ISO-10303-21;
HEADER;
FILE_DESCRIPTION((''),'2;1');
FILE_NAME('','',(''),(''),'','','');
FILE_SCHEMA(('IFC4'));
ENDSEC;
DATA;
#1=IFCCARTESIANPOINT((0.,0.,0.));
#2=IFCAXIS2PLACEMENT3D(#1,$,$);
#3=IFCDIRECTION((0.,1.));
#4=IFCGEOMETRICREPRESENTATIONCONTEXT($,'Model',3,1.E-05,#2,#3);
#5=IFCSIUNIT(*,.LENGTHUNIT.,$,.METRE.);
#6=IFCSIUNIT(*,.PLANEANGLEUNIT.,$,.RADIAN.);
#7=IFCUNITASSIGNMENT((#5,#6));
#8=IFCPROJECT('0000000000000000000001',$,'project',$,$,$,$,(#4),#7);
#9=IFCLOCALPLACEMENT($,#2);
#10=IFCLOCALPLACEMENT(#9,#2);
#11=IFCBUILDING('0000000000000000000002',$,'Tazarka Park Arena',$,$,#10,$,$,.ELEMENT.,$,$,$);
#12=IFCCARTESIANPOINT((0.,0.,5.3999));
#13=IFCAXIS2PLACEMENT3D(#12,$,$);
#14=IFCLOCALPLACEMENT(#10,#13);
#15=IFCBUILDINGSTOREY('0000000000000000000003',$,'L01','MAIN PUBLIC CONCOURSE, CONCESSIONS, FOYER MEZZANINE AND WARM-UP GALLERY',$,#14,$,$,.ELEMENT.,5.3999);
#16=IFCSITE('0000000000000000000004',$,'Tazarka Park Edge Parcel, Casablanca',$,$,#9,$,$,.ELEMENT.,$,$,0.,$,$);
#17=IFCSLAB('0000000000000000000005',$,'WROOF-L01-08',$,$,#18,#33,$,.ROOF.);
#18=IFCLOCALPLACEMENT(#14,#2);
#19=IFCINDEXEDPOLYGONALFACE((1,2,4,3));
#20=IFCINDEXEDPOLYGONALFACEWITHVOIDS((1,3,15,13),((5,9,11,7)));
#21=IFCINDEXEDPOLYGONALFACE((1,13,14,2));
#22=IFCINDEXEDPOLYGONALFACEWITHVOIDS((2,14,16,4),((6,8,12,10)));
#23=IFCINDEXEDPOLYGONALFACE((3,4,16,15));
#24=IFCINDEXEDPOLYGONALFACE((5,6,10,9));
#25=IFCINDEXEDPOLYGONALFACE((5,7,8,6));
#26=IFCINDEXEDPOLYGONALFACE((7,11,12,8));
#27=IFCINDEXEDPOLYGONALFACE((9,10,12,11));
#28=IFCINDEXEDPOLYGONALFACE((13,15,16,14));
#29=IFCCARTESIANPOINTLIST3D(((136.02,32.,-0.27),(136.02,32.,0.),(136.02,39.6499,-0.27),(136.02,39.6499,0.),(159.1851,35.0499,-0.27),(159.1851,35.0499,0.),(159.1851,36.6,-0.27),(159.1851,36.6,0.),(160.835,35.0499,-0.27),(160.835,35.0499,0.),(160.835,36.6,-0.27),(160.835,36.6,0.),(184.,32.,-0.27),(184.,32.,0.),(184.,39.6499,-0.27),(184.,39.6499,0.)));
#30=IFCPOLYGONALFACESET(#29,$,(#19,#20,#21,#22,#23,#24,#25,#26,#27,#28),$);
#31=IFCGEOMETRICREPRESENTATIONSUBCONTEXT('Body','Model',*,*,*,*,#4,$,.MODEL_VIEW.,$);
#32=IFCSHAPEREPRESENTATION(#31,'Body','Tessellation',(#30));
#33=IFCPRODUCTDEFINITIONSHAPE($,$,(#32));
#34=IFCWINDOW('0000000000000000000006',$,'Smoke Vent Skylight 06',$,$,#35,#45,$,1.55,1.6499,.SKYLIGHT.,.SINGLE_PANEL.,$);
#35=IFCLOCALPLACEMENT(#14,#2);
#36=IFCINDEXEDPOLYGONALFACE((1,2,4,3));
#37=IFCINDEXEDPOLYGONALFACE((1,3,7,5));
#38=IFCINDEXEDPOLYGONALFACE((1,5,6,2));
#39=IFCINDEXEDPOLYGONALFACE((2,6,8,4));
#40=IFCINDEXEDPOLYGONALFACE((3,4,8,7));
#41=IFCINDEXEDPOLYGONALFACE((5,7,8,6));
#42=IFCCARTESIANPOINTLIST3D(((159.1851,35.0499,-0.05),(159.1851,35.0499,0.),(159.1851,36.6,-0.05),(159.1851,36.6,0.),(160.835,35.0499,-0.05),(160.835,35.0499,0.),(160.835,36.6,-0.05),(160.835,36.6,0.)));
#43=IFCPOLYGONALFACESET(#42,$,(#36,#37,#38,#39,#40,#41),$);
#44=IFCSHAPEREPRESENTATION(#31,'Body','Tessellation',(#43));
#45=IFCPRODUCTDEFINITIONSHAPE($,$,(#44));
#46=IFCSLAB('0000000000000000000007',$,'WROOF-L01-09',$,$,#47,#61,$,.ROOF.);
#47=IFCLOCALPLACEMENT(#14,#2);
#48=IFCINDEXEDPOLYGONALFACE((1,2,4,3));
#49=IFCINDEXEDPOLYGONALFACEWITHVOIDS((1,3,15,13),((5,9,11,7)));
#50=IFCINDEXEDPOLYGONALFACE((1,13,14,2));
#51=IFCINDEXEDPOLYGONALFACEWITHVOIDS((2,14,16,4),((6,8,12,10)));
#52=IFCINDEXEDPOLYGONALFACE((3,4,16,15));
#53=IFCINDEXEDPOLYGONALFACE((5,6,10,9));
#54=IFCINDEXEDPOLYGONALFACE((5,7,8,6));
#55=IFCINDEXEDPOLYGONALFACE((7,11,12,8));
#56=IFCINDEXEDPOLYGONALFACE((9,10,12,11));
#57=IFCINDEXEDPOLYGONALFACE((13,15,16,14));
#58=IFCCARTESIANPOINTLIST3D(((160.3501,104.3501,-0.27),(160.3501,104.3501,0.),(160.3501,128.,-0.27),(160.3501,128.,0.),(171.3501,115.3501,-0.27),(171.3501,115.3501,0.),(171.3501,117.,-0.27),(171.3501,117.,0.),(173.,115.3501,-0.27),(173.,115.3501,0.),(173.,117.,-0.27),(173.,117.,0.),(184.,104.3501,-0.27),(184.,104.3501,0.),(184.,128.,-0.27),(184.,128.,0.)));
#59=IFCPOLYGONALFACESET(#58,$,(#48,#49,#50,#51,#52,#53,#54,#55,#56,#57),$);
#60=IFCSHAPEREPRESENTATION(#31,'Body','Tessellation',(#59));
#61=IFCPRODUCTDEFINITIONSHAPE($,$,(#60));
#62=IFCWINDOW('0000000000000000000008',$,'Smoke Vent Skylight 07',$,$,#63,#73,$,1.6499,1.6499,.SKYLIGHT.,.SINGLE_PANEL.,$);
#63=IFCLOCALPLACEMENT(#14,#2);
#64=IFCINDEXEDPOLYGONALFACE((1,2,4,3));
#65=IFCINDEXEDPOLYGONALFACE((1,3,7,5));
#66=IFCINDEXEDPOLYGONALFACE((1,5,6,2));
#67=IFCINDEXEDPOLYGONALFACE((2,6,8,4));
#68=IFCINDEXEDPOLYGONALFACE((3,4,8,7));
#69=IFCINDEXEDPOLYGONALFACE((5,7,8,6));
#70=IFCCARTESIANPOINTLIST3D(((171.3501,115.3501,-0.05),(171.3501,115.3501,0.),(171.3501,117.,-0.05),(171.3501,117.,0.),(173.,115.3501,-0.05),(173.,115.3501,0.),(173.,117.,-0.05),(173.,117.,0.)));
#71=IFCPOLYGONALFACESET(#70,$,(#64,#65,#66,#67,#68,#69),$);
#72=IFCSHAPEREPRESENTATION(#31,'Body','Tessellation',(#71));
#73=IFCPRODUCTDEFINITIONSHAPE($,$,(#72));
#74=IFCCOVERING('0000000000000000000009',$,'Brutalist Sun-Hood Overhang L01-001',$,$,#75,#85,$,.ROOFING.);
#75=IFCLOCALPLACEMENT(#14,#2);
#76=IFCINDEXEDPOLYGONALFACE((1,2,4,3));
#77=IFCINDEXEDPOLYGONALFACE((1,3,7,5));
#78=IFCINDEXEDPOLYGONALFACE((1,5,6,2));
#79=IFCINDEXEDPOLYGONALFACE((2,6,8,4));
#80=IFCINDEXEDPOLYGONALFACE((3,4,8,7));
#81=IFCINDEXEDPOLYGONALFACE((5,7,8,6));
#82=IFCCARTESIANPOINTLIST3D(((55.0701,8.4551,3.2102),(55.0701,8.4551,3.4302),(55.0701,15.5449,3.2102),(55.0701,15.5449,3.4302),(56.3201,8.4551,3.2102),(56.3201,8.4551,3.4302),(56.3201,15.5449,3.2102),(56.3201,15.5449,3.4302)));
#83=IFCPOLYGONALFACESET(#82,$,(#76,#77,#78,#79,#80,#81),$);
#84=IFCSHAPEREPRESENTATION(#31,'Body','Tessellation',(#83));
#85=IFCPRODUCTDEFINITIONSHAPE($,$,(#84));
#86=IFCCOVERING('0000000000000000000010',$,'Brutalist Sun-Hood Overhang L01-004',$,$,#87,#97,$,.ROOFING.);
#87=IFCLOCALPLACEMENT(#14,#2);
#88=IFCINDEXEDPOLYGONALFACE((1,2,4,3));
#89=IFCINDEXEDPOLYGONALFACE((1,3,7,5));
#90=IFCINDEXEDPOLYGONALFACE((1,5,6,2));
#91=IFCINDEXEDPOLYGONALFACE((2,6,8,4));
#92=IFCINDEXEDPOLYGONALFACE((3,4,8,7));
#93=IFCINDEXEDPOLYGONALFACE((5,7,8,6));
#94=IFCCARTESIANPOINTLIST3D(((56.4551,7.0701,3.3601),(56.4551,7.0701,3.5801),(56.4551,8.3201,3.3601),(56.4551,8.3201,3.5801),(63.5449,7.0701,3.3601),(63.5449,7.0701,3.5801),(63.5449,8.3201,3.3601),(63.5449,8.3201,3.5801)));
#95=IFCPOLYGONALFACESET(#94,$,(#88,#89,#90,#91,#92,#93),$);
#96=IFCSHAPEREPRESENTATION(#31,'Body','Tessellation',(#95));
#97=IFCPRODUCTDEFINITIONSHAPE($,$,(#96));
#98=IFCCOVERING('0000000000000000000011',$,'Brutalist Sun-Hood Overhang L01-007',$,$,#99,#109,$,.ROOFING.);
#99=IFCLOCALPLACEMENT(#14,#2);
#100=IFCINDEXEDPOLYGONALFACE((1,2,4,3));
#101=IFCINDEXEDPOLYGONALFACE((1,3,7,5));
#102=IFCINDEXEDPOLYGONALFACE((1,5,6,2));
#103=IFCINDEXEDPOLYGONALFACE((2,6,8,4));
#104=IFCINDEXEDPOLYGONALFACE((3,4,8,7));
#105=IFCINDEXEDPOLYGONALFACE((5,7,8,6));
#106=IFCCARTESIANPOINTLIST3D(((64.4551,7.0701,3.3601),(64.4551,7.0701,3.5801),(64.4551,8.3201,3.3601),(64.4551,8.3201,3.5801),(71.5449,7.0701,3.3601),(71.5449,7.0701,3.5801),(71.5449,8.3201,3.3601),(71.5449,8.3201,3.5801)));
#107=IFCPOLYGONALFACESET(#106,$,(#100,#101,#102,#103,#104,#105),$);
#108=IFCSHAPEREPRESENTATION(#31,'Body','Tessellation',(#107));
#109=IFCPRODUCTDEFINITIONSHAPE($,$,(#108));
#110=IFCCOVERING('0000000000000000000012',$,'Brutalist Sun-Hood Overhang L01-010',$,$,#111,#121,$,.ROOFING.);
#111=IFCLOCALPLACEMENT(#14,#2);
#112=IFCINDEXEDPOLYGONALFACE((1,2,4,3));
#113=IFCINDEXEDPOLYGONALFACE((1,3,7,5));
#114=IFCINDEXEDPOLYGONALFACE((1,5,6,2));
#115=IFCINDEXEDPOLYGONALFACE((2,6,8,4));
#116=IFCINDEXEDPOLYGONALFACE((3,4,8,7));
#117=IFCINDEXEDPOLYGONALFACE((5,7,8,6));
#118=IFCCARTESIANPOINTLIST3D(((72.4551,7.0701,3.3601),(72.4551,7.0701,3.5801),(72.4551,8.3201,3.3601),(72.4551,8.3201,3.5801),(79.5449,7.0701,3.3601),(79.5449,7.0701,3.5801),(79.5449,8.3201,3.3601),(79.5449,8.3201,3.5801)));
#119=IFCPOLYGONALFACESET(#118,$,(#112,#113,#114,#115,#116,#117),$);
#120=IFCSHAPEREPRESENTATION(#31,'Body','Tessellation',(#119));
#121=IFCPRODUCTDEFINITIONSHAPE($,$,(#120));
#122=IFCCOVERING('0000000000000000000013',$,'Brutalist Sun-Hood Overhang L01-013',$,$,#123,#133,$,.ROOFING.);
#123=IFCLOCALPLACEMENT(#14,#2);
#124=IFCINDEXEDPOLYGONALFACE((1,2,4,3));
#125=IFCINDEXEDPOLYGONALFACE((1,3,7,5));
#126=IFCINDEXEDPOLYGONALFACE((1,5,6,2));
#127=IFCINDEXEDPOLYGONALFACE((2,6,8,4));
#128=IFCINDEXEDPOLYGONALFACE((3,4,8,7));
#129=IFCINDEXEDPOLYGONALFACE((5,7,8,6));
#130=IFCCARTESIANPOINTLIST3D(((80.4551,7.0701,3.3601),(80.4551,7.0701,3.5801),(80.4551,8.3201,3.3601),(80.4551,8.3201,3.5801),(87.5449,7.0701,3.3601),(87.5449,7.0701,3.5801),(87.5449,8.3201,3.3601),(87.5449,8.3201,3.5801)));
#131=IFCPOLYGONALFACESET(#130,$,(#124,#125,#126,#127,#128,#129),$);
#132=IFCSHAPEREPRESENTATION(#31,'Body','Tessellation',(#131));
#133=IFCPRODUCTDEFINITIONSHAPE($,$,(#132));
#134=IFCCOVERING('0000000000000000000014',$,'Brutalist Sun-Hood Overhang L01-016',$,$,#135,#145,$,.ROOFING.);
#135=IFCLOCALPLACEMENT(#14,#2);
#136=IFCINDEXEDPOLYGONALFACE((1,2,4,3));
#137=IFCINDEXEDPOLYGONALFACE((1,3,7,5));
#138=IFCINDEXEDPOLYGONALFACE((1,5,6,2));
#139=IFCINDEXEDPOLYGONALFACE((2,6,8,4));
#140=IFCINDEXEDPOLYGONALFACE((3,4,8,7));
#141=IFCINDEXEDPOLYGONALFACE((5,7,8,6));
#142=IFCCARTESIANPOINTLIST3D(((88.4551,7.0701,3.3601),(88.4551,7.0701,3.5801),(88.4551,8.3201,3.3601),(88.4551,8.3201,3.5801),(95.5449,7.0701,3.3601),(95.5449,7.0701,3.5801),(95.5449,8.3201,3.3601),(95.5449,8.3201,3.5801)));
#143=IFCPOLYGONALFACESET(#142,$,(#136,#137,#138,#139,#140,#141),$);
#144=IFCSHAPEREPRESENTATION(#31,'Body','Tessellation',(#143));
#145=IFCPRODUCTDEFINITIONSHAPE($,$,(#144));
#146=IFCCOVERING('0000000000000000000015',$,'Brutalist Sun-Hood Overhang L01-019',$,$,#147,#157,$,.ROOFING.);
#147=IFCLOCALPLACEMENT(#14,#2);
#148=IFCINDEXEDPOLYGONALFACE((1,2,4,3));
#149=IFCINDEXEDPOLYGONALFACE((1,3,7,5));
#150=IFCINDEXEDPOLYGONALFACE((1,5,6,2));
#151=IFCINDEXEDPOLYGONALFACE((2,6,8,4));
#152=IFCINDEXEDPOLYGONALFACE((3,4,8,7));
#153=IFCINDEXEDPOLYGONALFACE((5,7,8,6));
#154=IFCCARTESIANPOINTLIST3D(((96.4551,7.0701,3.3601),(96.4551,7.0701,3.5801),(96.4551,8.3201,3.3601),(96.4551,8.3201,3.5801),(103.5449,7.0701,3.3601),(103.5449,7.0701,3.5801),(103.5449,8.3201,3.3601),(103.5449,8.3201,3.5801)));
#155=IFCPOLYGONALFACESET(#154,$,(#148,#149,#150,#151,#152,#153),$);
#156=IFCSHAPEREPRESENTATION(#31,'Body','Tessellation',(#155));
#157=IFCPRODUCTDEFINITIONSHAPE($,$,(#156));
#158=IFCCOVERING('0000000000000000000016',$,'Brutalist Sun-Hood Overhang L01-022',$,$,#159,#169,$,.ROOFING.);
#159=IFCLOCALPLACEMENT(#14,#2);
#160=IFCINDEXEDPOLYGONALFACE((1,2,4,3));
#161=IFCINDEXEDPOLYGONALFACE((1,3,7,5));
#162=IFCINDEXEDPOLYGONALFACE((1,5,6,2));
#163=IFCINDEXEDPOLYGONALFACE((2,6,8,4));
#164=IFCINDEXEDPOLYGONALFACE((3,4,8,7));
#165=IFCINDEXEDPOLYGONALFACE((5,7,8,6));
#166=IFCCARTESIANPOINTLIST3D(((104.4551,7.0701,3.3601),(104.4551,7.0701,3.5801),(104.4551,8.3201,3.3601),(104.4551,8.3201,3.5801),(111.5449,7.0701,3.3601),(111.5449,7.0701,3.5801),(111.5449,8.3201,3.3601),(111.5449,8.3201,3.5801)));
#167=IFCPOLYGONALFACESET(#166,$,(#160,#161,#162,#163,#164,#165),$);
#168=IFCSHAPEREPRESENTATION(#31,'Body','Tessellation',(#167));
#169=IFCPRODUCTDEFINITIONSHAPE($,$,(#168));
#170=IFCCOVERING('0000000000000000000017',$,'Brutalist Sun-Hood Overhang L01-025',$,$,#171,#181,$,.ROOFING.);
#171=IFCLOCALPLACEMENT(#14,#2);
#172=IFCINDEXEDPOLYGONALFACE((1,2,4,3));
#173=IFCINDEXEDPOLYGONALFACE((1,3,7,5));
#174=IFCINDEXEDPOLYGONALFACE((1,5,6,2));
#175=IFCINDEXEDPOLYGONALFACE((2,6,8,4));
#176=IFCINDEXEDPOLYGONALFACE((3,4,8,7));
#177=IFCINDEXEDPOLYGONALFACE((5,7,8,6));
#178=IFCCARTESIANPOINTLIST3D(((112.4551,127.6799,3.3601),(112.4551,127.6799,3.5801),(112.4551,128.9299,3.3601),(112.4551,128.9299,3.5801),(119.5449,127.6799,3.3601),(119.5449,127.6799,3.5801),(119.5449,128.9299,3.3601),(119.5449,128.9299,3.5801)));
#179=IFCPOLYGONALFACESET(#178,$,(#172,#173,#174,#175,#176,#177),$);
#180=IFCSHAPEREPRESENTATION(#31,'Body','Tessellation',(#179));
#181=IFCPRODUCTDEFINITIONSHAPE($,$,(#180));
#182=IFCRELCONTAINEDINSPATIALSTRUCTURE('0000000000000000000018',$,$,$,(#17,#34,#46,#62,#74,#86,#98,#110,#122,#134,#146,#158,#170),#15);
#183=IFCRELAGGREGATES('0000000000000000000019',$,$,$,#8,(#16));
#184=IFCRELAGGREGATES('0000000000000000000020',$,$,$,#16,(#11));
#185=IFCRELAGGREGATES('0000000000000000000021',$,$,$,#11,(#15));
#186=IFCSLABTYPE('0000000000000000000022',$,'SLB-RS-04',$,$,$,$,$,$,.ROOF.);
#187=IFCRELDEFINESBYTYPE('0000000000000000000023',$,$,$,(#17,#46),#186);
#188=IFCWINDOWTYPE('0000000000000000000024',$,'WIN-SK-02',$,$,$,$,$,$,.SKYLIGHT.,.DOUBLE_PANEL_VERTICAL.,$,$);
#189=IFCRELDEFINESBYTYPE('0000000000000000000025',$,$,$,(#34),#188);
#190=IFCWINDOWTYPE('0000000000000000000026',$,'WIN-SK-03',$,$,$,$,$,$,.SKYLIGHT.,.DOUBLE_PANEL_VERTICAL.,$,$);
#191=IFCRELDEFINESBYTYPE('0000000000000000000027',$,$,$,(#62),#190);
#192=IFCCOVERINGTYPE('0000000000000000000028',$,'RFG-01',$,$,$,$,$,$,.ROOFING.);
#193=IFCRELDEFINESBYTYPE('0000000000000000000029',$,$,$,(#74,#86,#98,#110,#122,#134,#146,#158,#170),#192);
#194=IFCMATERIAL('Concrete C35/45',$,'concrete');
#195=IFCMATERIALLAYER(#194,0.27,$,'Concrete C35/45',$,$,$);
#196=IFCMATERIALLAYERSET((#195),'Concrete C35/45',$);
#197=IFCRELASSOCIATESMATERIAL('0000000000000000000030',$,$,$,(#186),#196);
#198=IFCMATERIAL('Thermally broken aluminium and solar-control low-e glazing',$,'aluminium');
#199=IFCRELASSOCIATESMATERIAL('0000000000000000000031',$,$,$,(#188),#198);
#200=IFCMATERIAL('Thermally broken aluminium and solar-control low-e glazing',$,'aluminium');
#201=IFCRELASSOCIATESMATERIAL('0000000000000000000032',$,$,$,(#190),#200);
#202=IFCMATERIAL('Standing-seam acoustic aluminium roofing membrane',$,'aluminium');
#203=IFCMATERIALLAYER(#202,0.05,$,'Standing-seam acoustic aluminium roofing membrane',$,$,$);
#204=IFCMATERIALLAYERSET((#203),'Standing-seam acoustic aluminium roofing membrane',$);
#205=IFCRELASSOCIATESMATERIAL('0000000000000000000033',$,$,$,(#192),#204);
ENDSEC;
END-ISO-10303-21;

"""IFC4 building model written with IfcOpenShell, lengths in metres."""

from ifc_helpers import new_model, si_unit, direction, frame, origin, origin_2d, place, context, subcontext, project, spatial, polyline, rectangle, outline, extrude, material, layer, layer_set, type_object, element, fill, save


model = new_model("IFC4")

# Units and contexts
model_context = context("Model", 3, precision=1e-05, world=origin(), true_north=direction((0.0, 1.0)))
body_context = subcontext(model_context, "Body", "Model", "MODEL_VIEW")
ifc_project = project(units=[si_unit("LENGTHUNIT", "METRE"), si_unit("PLANEANGLEUNIT", "RADIAN")], contexts=[model_context])

# Site, building, storey
site_placement = place(None, origin())
site = spatial("IfcSite", under=ifc_project, at=site_placement, Name="Tazarka Park Edge Parcel, Casablanca", CompositionType="ELEMENT", RefElevation=0.0)
building_placement = place(site_placement, origin())
building = spatial("IfcBuilding", under=site, at=building_placement, Name="Tazarka Park Arena", CompositionType="ELEMENT")
storey_placement = place(building_placement, frame((0.0, 0.0, 5.3999)))
storey = spatial("IfcBuildingStorey", under=building, at=storey_placement, Name="L01", Description="MAIN PUBLIC CONCOURSE, CONCESSIONS, FOYER MEZZANINE AND WARM-UP GALLERY", CompositionType="ELEMENT", Elevation=5.3999)

# Shared definitions
ifc_material_1 = material(Name="Concrete C35/45", Category="concrete")
ifc_layer_1 = layer(ifc_material_1, 0.27, Name="Concrete C35/45")
ifc_layer_set_1 = layer_set([ifc_layer_1], Name="Concrete C35/45")
slab_type = type_object("IfcSlabType", Name="SLB-RS-04", PredefinedType="ROOF", material=ifc_layer_set_1)

# Slabs, openings, windows
ifc_material_2 = material(Name="Thermally broken aluminium and solar-control low-e glazing", Category="aluminium")
window_type_1 = type_object("IfcWindowType", Name="WIN-SK-02", PartitioningType="DOUBLE_PANEL_VERTICAL", PredefinedType="SKYLIGHT", material=ifc_material_2)
ifc_material_3 = material(Name="Thermally broken aluminium and solar-control low-e glazing", Category="aluminium")
window_type_2 = type_object("IfcWindowType", Name="WIN-SK-03", PartitioningType="DOUBLE_PANEL_VERTICAL", PredefinedType="SKYLIGHT", material=ifc_material_3)
slab_1_placement = place(storey_placement, frame((0.0, 0.0, -0.27)))
slab_1 = element("IfcSlab", 1, at=slab_1_placement, inside=storey, type_object=slab_type, Name="WROOF-L01-08", PredefinedType="ROOF", context=body_context, shape_type="SweptSolid", body=[
    extrude(outline(polyline([(184.0, 32.0), (136.02, 32.0), (136.02, 39.6499), (184.0, 39.6499), (184.0, 32.0)])), origin(), (0.0, 0.0, 1.0), 0.27),
])
opening_1_placement = place(slab_1_placement, frame((160.01, 35.825, 0.0)))
opening_1 = element("IfcOpeningElement", 2, at=opening_1_placement, cuts=slab_1, PredefinedType="OPENING", context=body_context, shape_type="SweptSolid", body=[
    extrude(rectangle(XDim=1.6499, YDim=1.55, at=origin_2d()), origin(), (0.0, 0.0, 1.0), 0.27),
])
window_1_placement = place(opening_1_placement, frame((0.0, 0.0, 0.22)))
window_1 = element("IfcWindow", 3, at=window_1_placement, inside=storey, type_object=window_type_1, Name="Smoke Vent Skylight 06", OverallHeight=1.55, OverallWidth=1.6499, PartitioningType="SINGLE_PANEL", PredefinedType="SKYLIGHT", context=body_context, shape_type="SweptSolid", body=[
    extrude(rectangle(XDim=1.6499, YDim=1.55, at=origin_2d()), origin(), (0.0, 0.0, 1.0), 0.05),
])
fill(opening_1, window_1)
slab_2_placement = place(storey_placement, frame((0.0, 0.0, -0.27)))
slab_2 = element("IfcSlab", 4, at=slab_2_placement, inside=storey, type_object=slab_type, Name="WROOF-L01-09", PredefinedType="ROOF", context=body_context, shape_type="SweptSolid", body=[
    extrude(outline(polyline([(184.0, 128.0), (184.0, 104.3501), (160.3501, 104.3501), (160.3501, 128.0), (184.0, 128.0)])), origin(), (0.0, 0.0, 1.0), 0.27),
])
opening_2_placement = place(slab_2_placement, frame((172.175, 116.175, 0.0)))
opening_2 = element("IfcOpeningElement", 5, at=opening_2_placement, cuts=slab_2, PredefinedType="OPENING", context=body_context, shape_type="SweptSolid", body=[
    extrude(rectangle(XDim=1.6499, YDim=1.6499, at=origin_2d()), origin(), (0.0, 0.0, 1.0), 0.27),
])
window_2_placement = place(opening_2_placement, frame((0.0, 0.0, 0.22)))
window_2 = element("IfcWindow", 6, at=window_2_placement, inside=storey, type_object=window_type_2, Name="Smoke Vent Skylight 07", OverallHeight=1.6499, OverallWidth=1.6499, PartitioningType="SINGLE_PANEL", PredefinedType="SKYLIGHT", context=body_context, shape_type="SweptSolid", body=[
    extrude(rectangle(XDim=1.6499, YDim=1.6499, at=origin_2d()), origin(), (0.0, 0.0, 1.0), 0.05),
])
fill(opening_2, window_2)

# Coverings
ifc_material_4 = material(Name="Standing-seam acoustic aluminium roofing membrane", Category="aluminium")
ifc_layer_2 = layer(ifc_material_4, 0.05, Name="Standing-seam acoustic aluminium roofing membrane")
ifc_layer_set_2 = layer_set([ifc_layer_2], Name="Standing-seam acoustic aluminium roofing membrane")
covering_type = type_object("IfcCoveringType", Name="RFG-01", PredefinedType="ROOFING", material=ifc_layer_set_2)
covering_1_placement = place(storey_placement, frame((0.0, 0.0, 3.2102)))
element("IfcCovering", 7, at=covering_1_placement, inside=storey, type_object=covering_type, Name="Brutalist Sun-Hood Overhang L01-001", PredefinedType="ROOFING", context=body_context, shape_type="SweptSolid", body=[
    extrude(outline(polyline([(56.3201, 8.4551), (56.3201, 15.5449), (55.0701, 15.5449), (55.0701, 8.4551), (56.3201, 8.4551)])), origin(), (0.0, 0.0, 1.0), 0.22),
])
covering_2_placement = place(storey_placement, frame((0.0, 0.0, 3.3601)))
element("IfcCovering", 8, at=covering_2_placement, inside=storey, type_object=covering_type, Name="Brutalist Sun-Hood Overhang L01-004", PredefinedType="ROOFING", context=body_context, shape_type="SweptSolid", body=[
    extrude(outline(polyline([(63.5449, 8.3201), (56.4551, 8.3201), (56.4551, 7.0701), (63.5449, 7.0701), (63.5449, 8.3201)])), origin(), (0.0, 0.0, 1.0), 0.22),
])
covering_3_placement = place(storey_placement, frame((0.0, 0.0, 3.3601)))
element("IfcCovering", 9, at=covering_3_placement, inside=storey, type_object=covering_type, Name="Brutalist Sun-Hood Overhang L01-007", PredefinedType="ROOFING", context=body_context, shape_type="SweptSolid", body=[
    extrude(outline(polyline([(71.5449, 8.3201), (64.4551, 8.3201), (64.4551, 7.0701), (71.5449, 7.0701), (71.5449, 8.3201)])), origin(), (0.0, 0.0, 1.0), 0.22),
])
covering_4_placement = place(storey_placement, frame((0.0, 0.0, 3.3601)))
element("IfcCovering", 10, at=covering_4_placement, inside=storey, type_object=covering_type, Name="Brutalist Sun-Hood Overhang L01-010", PredefinedType="ROOFING", context=body_context, shape_type="SweptSolid", body=[
    extrude(outline(polyline([(79.5449, 8.3201), (72.4551, 8.3201), (72.4551, 7.0701), (79.5449, 7.0701), (79.5449, 8.3201)])), origin(), (0.0, 0.0, 1.0), 0.22),
])
covering_5_placement = place(storey_placement, frame((0.0, 0.0, 3.3601)))
element("IfcCovering", 11, at=covering_5_placement, inside=storey, type_object=covering_type, Name="Brutalist Sun-Hood Overhang L01-013", PredefinedType="ROOFING", context=body_context, shape_type="SweptSolid", body=[
    extrude(outline(polyline([(87.5449, 8.3201), (80.4551, 8.3201), (80.4551, 7.0701), (87.5449, 7.0701), (87.5449, 8.3201)])), origin(), (0.0, 0.0, 1.0), 0.22),
])
covering_6_placement = place(storey_placement, frame((0.0, 0.0, 3.3601)))
element("IfcCovering", 12, at=covering_6_placement, inside=storey, type_object=covering_type, Name="Brutalist Sun-Hood Overhang L01-016", PredefinedType="ROOFING", context=body_context, shape_type="SweptSolid", body=[
    extrude(outline(polyline([(95.5449, 8.3201), (88.4551, 8.3201), (88.4551, 7.0701), (95.5449, 7.0701), (95.5449, 8.3201)])), origin(), (0.0, 0.0, 1.0), 0.22),
])
covering_7_placement = place(storey_placement, frame((0.0, 0.0, 3.3601)))
element("IfcCovering", 13, at=covering_7_placement, inside=storey, type_object=covering_type, Name="Brutalist Sun-Hood Overhang L01-019", PredefinedType="ROOFING", context=body_context, shape_type="SweptSolid", body=[
    extrude(outline(polyline([(103.5449, 8.3201), (96.4551, 8.3201), (96.4551, 7.0701), (103.5449, 7.0701), (103.5449, 8.3201)])), origin(), (0.0, 0.0, 1.0), 0.22),
])
covering_8_placement = place(storey_placement, frame((0.0, 0.0, 3.3601)))
element("IfcCovering", 14, at=covering_8_placement, inside=storey, type_object=covering_type, Name="Brutalist Sun-Hood Overhang L01-022", PredefinedType="ROOFING", context=body_context, shape_type="SweptSolid", body=[
    extrude(outline(polyline([(111.5449, 8.3201), (104.4551, 8.3201), (104.4551, 7.0701), (111.5449, 7.0701), (111.5449, 8.3201)])), origin(), (0.0, 0.0, 1.0), 0.22),
])
covering_9_placement = place(storey_placement, frame((0.0, 0.0, 3.3601)))
element("IfcCovering", 15, at=covering_9_placement, inside=storey, type_object=covering_type, Name="Brutalist Sun-Hood Overhang L01-025", PredefinedType="ROOFING", context=body_context, shape_type="SweptSolid", body=[
    extrude(outline(polyline([(112.4551, 127.6799), (119.5449, 127.6799), (119.5449, 128.9299), (112.4551, 128.9299), (112.4551, 127.6799)])), origin(), (0.0, 0.0, 1.0), 0.22),
])

save(model, "model.ifc")
